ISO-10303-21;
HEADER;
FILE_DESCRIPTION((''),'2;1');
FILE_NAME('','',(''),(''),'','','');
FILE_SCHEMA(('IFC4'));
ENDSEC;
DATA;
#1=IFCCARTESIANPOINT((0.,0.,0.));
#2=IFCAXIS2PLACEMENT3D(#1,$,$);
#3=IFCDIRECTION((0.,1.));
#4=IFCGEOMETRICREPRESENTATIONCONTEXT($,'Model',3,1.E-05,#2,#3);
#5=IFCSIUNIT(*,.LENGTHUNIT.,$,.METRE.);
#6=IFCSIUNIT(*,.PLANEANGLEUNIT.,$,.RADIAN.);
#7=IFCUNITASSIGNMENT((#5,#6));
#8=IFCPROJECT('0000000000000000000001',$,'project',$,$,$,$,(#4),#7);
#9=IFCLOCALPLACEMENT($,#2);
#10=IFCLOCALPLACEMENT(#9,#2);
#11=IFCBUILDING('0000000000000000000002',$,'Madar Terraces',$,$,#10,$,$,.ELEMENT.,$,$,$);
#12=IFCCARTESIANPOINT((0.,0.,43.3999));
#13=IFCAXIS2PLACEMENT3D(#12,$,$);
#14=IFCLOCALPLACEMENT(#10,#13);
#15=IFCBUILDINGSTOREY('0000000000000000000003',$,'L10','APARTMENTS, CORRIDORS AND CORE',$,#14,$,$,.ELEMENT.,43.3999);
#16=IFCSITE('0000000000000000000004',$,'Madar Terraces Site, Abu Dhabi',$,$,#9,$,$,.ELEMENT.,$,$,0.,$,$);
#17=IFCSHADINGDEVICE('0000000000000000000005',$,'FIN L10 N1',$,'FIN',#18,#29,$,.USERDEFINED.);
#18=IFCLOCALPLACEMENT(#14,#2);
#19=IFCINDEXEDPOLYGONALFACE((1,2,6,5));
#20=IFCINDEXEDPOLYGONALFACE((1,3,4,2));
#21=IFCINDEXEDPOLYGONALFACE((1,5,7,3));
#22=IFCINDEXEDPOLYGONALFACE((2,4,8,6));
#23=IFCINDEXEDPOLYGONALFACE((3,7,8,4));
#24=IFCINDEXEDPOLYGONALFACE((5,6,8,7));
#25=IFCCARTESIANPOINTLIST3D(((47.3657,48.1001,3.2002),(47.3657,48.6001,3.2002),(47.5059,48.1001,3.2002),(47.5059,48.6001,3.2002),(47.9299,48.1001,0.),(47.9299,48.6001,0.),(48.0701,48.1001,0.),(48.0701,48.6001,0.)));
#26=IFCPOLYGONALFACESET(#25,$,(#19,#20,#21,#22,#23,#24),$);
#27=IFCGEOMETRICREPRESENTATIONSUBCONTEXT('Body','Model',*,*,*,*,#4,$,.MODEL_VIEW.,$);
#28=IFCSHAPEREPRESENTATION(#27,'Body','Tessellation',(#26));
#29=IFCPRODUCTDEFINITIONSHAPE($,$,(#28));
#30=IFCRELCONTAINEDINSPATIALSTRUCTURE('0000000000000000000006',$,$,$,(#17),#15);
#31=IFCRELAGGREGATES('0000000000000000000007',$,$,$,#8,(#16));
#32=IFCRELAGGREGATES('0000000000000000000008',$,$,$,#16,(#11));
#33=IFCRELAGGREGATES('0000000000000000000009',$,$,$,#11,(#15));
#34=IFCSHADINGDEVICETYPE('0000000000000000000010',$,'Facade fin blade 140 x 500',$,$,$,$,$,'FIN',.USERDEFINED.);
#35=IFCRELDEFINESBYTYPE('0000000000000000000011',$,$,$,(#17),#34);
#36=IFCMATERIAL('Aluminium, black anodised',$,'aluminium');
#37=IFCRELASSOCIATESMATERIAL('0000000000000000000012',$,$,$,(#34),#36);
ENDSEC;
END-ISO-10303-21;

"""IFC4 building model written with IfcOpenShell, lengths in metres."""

from ifc_helpers import new_model, si_unit, direction, frame, origin, place, context, subcontext, project, spatial, polyline, outline, extrude, material, type_object, element, save


model = new_model("IFC4")

# Units and contexts
model_context = context("Model", 3, precision=1e-05, world=origin(), true_north=direction((0.0, 1.0)))
body_context = subcontext(model_context, "Body", "Model", "MODEL_VIEW")
ifc_project = project(units=[si_unit("LENGTHUNIT", "METRE"), si_unit("PLANEANGLEUNIT", "RADIAN")], contexts=[model_context])

# Site, building, storey
site_placement = place(None, origin())
site = spatial("IfcSite", under=ifc_project, at=site_placement, Name="Madar Terraces Site, Abu Dhabi", CompositionType="ELEMENT", RefElevation=0.0)
building_placement = place(site_placement, origin())
building = spatial("IfcBuilding", under=site, at=building_placement, Name="Madar Terraces", CompositionType="ELEMENT")
storey_placement = place(building_placement, frame((0.0, 0.0, 43.3999)))
storey = spatial("IfcBuildingStorey", under=building, at=storey_placement, Name="L10", Description="APARTMENTS, CORRIDORS AND CORE", CompositionType="ELEMENT", Elevation=43.3999)

# Shading device
ifc_material_1 = material(Name="Aluminium, black anodised", Category="aluminium")
shading_device_type = type_object("IfcShadingDeviceType", Name="Facade fin blade 140 x 500", ElementType="FIN", PredefinedType="USERDEFINED", material=ifc_material_1)
shading_device_placement = place(storey_placement, frame((48.0701, 48.3501, 0.0), z_axis=(0.0, 0.0, 1.0), x_axis=(-1.0, 0.0, 0.0)))
element("IfcShadingDevice", 1, at=shading_device_placement, inside=storey, type_object=shading_device_type, Name="FIN L10 N1", ObjectType="FIN", PredefinedType="USERDEFINED", context=body_context, shape_type="SweptSolid", body=[
    extrude(outline(polyline([(0.0, 0.0), (0.1401, 0.0), (0.7043, 3.2002), (0.5642, 3.2002), (0.0, 0.0)])), frame((0.0, 0.25, 0.0), z_axis=(0.0, -1.0, 0.0), x_axis=(1.0, 0.0, 0.0)), (0.0, 0.0, 1.0), 0.5),
])

save(model, "model.ifc")
